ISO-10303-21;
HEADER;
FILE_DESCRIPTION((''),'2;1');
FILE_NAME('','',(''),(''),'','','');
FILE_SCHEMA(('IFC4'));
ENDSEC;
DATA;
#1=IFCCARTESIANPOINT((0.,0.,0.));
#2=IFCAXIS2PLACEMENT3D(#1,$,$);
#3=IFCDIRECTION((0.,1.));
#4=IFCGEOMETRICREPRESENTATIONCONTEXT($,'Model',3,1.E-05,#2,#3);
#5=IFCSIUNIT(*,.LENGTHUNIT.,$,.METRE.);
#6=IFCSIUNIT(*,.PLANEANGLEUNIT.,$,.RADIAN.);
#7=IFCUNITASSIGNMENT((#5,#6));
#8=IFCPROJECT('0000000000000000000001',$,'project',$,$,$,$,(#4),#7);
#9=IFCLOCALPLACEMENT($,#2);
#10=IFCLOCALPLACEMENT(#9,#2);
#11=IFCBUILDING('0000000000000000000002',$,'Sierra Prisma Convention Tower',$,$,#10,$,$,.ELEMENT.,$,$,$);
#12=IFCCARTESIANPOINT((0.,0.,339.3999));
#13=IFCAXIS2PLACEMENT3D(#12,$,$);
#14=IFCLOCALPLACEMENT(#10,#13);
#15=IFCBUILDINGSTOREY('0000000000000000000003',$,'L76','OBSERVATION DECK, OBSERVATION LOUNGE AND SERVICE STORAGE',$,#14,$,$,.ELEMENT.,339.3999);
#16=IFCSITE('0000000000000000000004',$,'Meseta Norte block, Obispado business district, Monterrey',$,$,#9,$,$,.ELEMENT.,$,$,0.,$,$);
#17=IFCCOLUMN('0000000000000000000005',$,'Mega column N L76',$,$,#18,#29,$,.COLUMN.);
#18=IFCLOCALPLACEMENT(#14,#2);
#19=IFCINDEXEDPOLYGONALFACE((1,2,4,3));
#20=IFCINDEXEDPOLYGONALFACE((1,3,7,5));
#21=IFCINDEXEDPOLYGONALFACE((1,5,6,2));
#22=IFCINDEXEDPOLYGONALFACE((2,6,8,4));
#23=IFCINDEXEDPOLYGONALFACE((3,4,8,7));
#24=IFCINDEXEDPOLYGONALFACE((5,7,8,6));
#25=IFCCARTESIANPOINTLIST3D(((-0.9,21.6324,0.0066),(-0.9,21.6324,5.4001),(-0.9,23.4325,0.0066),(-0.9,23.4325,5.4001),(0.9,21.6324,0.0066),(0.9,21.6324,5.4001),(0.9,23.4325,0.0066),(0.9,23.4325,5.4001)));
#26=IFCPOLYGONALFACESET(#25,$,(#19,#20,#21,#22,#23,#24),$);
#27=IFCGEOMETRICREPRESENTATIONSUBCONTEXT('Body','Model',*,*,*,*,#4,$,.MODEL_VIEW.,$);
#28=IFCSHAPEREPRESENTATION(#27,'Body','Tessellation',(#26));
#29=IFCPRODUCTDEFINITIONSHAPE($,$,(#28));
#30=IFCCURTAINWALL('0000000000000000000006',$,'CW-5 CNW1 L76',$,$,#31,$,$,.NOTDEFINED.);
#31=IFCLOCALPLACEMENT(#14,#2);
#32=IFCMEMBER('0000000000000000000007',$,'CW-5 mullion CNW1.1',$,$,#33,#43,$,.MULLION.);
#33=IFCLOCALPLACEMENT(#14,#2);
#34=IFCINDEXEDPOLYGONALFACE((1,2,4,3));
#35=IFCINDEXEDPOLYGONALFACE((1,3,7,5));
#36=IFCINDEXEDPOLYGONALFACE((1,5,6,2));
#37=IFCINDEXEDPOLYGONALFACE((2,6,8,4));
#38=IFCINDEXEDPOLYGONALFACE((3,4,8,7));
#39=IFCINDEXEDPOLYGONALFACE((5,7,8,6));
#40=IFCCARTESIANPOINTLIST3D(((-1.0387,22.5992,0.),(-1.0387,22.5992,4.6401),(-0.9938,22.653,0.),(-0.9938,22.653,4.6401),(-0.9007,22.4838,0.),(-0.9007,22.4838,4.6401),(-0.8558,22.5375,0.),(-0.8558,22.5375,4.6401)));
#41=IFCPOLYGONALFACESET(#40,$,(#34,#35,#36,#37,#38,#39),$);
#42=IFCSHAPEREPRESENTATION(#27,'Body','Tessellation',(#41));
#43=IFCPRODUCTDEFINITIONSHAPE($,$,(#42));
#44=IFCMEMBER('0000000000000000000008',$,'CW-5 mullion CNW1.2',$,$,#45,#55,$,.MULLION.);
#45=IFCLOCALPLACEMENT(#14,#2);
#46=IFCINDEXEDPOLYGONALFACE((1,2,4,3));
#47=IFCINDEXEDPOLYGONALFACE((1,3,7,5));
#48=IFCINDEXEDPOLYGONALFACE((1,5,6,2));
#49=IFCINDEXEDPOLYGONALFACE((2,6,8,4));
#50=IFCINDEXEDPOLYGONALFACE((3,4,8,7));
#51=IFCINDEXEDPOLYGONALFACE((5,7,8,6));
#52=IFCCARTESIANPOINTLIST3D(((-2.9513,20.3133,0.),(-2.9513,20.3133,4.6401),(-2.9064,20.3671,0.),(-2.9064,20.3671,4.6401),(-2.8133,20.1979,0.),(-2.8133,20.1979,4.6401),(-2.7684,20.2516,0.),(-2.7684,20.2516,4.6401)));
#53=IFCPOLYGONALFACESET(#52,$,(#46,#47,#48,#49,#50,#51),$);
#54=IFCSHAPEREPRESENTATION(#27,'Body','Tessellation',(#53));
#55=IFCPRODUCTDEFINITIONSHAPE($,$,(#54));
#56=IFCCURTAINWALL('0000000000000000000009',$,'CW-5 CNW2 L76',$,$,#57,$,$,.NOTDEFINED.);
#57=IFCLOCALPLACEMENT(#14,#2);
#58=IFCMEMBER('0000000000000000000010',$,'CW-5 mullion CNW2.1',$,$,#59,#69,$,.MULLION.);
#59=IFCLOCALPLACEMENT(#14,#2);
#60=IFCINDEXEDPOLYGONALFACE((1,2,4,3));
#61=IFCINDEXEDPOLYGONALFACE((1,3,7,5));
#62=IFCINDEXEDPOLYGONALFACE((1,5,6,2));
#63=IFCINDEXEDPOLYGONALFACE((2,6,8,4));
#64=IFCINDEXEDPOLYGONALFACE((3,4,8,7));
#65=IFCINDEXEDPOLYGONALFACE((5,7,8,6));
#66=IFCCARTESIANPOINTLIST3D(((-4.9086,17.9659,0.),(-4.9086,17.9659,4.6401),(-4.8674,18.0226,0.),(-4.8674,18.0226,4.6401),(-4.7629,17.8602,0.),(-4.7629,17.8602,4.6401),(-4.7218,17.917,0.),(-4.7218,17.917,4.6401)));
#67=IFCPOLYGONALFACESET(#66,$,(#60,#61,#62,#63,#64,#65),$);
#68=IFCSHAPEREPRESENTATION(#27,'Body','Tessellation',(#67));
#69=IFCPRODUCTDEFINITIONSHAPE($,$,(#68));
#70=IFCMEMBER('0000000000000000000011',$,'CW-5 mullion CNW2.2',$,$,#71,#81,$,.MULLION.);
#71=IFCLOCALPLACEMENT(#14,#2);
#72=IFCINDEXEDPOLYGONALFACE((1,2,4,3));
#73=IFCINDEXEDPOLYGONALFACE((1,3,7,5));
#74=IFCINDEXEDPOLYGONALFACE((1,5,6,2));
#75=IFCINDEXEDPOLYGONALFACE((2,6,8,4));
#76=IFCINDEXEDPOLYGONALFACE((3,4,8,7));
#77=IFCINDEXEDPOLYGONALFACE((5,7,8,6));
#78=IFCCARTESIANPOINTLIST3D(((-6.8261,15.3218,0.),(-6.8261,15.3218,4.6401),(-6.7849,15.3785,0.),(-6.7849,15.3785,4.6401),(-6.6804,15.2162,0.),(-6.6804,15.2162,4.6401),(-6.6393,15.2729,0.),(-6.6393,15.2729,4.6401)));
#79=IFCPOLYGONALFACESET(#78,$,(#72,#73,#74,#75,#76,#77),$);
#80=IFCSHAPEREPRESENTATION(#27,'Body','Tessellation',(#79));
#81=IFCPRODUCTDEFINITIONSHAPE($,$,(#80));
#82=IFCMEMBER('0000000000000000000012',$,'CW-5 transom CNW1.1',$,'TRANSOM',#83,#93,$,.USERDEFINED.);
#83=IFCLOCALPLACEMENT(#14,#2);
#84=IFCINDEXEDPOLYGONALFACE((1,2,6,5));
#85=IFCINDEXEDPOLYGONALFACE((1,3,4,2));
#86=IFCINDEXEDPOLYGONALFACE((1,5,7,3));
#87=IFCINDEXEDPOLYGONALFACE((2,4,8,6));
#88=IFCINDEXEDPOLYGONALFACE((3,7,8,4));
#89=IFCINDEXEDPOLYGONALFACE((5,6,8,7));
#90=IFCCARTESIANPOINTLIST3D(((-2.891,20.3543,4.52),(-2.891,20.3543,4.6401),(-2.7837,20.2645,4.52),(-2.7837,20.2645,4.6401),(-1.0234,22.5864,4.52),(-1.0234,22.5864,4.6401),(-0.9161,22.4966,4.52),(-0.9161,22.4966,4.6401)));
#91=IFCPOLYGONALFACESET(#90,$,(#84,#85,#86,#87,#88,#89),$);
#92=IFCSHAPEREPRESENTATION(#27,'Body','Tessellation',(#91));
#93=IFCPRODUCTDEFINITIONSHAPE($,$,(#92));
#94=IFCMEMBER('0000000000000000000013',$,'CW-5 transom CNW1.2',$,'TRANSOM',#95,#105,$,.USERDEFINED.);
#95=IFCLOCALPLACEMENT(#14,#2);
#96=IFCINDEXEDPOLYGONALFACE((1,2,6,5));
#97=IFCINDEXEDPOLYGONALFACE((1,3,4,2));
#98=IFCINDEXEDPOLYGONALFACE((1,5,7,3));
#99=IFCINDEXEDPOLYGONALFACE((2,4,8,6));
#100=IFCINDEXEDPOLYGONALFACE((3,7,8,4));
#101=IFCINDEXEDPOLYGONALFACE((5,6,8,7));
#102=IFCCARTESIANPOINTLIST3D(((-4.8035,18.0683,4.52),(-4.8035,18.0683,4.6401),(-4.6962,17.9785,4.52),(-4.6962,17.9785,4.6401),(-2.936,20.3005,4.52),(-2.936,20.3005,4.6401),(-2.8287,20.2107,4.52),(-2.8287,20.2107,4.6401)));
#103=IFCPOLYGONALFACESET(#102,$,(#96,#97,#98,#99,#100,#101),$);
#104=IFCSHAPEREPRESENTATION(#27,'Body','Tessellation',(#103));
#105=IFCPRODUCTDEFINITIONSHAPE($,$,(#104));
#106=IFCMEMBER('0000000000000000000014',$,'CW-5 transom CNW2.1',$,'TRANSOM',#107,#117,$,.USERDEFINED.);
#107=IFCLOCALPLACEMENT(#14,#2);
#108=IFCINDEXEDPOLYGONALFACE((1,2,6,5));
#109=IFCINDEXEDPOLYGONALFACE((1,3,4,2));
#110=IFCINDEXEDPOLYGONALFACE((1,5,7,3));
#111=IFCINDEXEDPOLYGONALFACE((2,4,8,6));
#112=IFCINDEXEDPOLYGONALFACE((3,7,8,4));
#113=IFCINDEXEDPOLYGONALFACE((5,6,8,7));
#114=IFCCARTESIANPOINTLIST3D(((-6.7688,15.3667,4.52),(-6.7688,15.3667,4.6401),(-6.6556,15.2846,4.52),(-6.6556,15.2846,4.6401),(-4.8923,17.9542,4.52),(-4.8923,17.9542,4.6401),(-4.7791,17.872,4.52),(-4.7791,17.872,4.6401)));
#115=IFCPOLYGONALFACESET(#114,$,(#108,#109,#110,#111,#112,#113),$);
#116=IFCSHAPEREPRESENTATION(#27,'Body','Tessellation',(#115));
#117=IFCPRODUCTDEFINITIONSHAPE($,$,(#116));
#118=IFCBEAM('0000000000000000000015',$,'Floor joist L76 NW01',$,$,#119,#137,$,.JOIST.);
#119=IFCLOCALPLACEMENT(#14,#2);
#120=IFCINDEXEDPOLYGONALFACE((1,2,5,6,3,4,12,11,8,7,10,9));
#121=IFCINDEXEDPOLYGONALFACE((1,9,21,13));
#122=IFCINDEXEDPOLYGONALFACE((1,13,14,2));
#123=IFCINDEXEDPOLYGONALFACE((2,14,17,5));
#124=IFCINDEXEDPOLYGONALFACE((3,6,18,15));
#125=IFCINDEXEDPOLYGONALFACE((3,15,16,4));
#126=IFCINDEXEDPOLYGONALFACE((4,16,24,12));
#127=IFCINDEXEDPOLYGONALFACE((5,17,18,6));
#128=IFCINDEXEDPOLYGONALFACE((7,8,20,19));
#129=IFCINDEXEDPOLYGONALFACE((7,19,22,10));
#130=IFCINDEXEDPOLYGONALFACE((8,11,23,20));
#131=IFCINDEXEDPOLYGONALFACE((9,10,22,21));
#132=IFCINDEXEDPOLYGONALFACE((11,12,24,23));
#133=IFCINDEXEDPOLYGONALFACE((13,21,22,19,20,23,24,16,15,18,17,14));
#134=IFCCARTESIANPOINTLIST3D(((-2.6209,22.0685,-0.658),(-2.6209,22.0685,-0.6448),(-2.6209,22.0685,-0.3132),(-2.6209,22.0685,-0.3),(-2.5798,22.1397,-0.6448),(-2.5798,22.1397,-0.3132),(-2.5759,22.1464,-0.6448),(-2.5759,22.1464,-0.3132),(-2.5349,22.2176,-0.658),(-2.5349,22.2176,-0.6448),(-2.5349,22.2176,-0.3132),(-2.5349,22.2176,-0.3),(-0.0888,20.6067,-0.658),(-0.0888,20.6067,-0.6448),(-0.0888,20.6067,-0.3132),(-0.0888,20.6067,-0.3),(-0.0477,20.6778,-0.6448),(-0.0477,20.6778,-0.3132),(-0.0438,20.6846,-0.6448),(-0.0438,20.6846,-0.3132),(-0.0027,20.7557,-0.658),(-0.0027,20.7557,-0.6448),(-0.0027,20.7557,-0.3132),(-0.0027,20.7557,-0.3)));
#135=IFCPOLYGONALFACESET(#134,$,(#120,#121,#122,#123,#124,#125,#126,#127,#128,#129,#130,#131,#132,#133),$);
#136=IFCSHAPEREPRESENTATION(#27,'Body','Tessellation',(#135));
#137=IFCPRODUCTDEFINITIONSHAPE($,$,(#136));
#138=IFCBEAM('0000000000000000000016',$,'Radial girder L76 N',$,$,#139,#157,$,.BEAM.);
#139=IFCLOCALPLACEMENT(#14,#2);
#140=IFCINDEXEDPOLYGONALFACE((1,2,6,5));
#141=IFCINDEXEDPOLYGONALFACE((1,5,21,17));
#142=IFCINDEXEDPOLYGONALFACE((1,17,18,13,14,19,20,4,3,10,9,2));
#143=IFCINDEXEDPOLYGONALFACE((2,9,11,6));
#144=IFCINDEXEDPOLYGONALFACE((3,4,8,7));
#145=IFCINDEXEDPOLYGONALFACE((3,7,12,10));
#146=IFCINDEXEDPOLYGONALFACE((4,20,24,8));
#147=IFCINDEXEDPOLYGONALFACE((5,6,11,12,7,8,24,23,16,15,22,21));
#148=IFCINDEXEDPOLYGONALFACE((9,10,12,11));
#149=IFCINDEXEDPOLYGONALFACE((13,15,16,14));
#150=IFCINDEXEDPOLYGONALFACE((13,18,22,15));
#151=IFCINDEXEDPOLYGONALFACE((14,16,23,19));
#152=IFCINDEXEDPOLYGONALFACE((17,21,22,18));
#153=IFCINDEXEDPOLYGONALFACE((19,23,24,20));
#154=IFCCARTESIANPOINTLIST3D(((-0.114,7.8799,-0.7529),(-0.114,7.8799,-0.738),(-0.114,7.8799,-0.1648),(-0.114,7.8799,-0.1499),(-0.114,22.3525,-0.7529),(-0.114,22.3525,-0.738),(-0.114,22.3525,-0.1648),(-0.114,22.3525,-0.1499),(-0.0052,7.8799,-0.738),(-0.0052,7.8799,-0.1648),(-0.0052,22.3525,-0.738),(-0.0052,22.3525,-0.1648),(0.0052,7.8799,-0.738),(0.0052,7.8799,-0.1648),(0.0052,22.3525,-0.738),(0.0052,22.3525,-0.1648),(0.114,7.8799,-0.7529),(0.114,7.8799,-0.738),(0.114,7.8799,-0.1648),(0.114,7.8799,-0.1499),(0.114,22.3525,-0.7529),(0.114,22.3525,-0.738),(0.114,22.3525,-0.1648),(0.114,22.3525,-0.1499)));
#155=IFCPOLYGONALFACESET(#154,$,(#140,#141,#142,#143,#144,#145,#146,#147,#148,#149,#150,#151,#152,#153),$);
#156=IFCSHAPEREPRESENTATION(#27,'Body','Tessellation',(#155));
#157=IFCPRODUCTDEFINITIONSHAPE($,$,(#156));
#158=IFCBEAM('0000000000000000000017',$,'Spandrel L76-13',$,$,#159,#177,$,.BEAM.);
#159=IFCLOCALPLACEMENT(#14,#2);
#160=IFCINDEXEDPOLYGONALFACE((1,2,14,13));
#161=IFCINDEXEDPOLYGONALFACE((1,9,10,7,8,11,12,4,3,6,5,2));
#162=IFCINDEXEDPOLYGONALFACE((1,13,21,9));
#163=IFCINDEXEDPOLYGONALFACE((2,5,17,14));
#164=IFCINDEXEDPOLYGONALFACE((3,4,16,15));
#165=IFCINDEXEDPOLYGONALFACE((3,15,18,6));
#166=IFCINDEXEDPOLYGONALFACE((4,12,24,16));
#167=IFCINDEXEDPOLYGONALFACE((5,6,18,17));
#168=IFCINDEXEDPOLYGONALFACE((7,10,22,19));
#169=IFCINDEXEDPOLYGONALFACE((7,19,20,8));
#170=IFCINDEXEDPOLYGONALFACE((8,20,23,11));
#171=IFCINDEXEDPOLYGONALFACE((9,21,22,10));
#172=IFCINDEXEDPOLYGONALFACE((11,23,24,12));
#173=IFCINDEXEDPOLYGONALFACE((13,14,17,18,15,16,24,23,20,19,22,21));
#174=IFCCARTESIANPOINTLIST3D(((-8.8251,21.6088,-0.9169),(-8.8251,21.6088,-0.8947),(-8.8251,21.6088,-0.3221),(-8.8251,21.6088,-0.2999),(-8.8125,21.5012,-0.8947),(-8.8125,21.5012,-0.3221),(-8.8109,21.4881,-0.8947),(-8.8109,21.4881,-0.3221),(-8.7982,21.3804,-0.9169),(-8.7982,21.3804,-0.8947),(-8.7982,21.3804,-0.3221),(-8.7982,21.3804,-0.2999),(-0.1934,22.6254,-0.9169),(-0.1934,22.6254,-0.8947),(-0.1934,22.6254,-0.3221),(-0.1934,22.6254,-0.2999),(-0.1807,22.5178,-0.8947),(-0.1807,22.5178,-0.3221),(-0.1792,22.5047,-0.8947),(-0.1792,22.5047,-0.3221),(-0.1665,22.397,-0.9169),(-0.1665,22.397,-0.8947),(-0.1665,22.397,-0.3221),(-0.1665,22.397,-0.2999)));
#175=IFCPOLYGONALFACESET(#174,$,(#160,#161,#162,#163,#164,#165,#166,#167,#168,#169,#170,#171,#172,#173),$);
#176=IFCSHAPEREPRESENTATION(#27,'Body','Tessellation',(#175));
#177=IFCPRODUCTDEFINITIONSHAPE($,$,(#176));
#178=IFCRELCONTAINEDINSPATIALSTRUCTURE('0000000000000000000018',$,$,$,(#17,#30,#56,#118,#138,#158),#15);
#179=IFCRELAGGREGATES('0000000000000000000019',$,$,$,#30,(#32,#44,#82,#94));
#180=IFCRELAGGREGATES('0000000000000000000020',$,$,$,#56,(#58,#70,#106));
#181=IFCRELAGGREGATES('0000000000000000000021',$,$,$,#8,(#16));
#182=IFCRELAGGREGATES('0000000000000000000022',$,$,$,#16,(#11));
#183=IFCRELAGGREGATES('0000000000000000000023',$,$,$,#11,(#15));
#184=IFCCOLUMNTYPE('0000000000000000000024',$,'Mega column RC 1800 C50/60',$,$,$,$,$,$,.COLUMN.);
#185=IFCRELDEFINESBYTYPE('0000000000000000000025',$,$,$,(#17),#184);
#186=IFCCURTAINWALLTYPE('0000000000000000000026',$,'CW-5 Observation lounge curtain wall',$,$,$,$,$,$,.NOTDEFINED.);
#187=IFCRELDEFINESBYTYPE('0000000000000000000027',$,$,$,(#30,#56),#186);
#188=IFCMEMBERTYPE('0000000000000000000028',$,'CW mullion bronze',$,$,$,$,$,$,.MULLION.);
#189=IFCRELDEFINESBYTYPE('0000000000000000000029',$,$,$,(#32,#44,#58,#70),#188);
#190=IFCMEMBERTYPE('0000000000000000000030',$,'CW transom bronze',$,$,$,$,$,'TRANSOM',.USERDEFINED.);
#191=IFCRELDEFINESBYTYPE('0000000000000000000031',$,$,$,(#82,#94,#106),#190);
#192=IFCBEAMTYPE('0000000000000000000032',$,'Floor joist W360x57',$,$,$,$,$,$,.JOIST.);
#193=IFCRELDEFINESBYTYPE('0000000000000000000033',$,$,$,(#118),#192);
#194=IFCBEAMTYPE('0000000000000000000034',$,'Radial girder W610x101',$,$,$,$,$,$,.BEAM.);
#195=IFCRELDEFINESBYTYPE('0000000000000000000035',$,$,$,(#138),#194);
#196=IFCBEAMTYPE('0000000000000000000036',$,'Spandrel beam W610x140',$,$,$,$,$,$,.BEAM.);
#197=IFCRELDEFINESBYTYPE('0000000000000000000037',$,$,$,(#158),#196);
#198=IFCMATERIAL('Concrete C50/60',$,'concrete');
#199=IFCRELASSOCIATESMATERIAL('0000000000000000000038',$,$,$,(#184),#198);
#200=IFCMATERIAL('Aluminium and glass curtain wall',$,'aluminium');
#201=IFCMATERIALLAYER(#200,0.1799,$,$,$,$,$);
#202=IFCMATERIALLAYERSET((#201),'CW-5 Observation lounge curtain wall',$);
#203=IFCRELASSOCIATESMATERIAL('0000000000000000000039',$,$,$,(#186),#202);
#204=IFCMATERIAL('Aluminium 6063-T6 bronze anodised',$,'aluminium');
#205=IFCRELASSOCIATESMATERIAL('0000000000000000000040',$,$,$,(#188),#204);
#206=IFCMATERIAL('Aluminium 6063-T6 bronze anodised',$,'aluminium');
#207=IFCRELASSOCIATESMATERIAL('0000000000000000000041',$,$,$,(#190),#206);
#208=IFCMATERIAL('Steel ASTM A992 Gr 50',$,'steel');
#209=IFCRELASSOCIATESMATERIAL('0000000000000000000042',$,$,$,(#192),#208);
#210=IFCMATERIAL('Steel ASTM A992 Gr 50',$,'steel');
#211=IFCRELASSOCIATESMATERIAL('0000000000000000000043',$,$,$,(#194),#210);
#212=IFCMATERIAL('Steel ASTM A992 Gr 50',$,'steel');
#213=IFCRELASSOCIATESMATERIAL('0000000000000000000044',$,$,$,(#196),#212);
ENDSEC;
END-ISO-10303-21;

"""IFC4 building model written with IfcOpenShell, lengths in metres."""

from ifc_helpers import new_model, si_unit, direction, frame, origin, origin_2d, place, context, subcontext, project, spatial, rectangle, i_section, extrude, clip, halfspace, material, layer, layer_set, material_profile, profile_set, type_object, element, aggregate, save


model = new_model("IFC4")

# Units and contexts
model_context = context("Model", 3, precision=1e-05, world=origin(), true_north=direction((0.0, 1.0)))
body_context = subcontext(model_context, "Body", "Model", "MODEL_VIEW")
ifc_project = project(units=[si_unit("LENGTHUNIT", "METRE"), si_unit("PLANEANGLEUNIT", "RADIAN")], contexts=[model_context])

# Site, building, storey
site_placement = place(None, origin())
site = spatial("IfcSite", under=ifc_project, at=site_placement, Name="Meseta Norte block, Obispado business district, Monterrey", CompositionType="ELEMENT", RefElevation=0.0)
building_placement = place(site_placement, origin())
building = spatial("IfcBuilding", under=site, at=building_placement, Name="Sierra Prisma Convention Tower", CompositionType="ELEMENT")
storey_placement = place(building_placement, frame((0.0, 0.0, 339.3999)))
storey = spatial("IfcBuildingStorey", under=building, at=storey_placement, Name="L76", Description="OBSERVATION DECK, OBSERVATION LOUNGE AND SERVICE STORAGE", CompositionType="ELEMENT", Elevation=339.3999)

# Column
ifc_material_1 = material(Name="Concrete C50/60", Category="concrete")
ifc_material_profile_1 = material_profile(ifc_material_1, rectangle(XDim=1.8, YDim=1.8, at=origin_2d()), Name="Mega column RC 1800 C50/60")
ifc_profile_set_1 = profile_set([ifc_material_profile_1], Name="Concrete C50/60")
column_type = type_object("IfcColumnType", Name="Mega column RC 1800 C50/60", PredefinedType="COLUMN", material=ifc_profile_set_1)
column_placement = place(storey_placement, frame((0.0, 22.5325, 0.0), z_axis=(0.0, 0.0, 1.0), x_axis=(1.0, 0.0, 0.0)))
element("IfcColumn", 1, at=column_placement, inside=storey, type_object=column_type, Name="Mega column N L76", PredefinedType="COLUMN", context=body_context, shape_type="SweptSolid", body=[
    clip(extrude(rectangle(XDim=1.8, YDim=1.8, at=origin_2d()), origin(), (0.0, 0.0, 1.0), 5.4001), halfspace(frame((0.0, 0.0, 0.0066)), True)),
])

# Curtain walls, members
ifc_material_2 = material(Name="Aluminium and glass curtain wall", Category="aluminium")
ifc_layer_1 = layer(ifc_material_2, 0.1799)
ifc_layer_set_1 = layer_set([ifc_layer_1], Name="CW-5 Observation lounge curtain wall")
curtain_wall_type = type_object("IfcCurtainWallType", Name="CW-5 Observation lounge curtain wall", PredefinedType="NOTDEFINED", material=ifc_layer_set_1)
curtain_wall_1_placement = place(storey_placement, origin())
curtain_wall_1 = element("IfcCurtainWall", 2, at=curtain_wall_1_placement, inside=storey, type_object=curtain_wall_type, Name="CW-5 CNW1 L76", PredefinedType="NOTDEFINED")
ifc_material_3 = material(Name="Aluminium 6063-T6 bronze anodised", Category="aluminium")
ifc_material_profile_2 = material_profile(ifc_material_3, rectangle(XDim=0.1799, YDim=0.0701, at=origin_2d()), Name="ALU MULLION 70x180")
ifc_profile_set_2 = profile_set([ifc_material_profile_2], Name="Aluminium 6063-T6 bronze anodised")
member_type_1 = type_object("IfcMemberType", Name="CW mullion bronze", PredefinedType="MULLION", material=ifc_profile_set_2)
member_1_placement = place(storey_placement, frame((-0.9473, 22.5684, 0.0), z_axis=(0.0, 0.0, 1.0), x_axis=(0.766979, -0.641672, 0.0)))
member_1 = element("IfcMember", 3, at=member_1_placement, type_object=member_type_1, Name="CW-5 mullion CNW1.1", PredefinedType="MULLION", context=body_context, shape_type="SweptSolid", body=[
    extrude(rectangle(XDim=0.1799, YDim=0.0701, at=origin_2d()), origin(), (0.0, 0.0, 1.0), 4.6401),
])
member_2_placement = place(storey_placement, frame((-2.8599, 20.2825, 0.0), z_axis=(0.0, 0.0, 1.0), x_axis=(0.766979, -0.641672, 0.0)))
member_2 = element("IfcMember", 4, at=member_2_placement, type_object=member_type_1, Name="CW-5 mullion CNW1.2", PredefinedType="MULLION", context=body_context, shape_type="SweptSolid", body=[
    extrude(rectangle(XDim=0.1799, YDim=0.0701, at=origin_2d()), origin(), (0.0, 0.0, 1.0), 4.6401),
])
curtain_wall_2_placement = place(storey_placement, origin())
curtain_wall_2 = element("IfcCurtainWall", 5, at=curtain_wall_2_placement, inside=storey, type_object=curtain_wall_type, Name="CW-5 CNW2 L76", PredefinedType="NOTDEFINED")
member_3_placement = place(storey_placement, frame((-4.8152, 17.9414, 0.0), z_axis=(0.0, 0.0, 1.0), x_axis=(0.80953, -0.587078, 0.0)))
member_3 = element("IfcMember", 6, at=member_3_placement, type_object=member_type_1, Name="CW-5 mullion CNW2.1", PredefinedType="MULLION", context=body_context, shape_type="SweptSolid", body=[
    extrude(rectangle(XDim=0.1799, YDim=0.0701, at=origin_2d()), origin(), (0.0, 0.0, 1.0), 4.6401),
])
member_4_placement = place(storey_placement, frame((-6.7327, 15.2974, 0.0), z_axis=(0.0, 0.0, 1.0), x_axis=(0.80953, -0.587078, 0.0)))
member_4 = element("IfcMember", 7, at=member_4_placement, type_object=member_type_1, Name="CW-5 mullion CNW2.2", PredefinedType="MULLION", context=body_context, shape_type="SweptSolid", body=[
    extrude(rectangle(XDim=0.1799, YDim=0.0701, at=origin_2d()), origin(), (0.0, 0.0, 1.0), 4.6401),
])

# Members
ifc_material_4 = material(Name="Aluminium 6063-T6 bronze anodised", Category="aluminium")
ifc_material_profile_3 = material_profile(ifc_material_4, rectangle(XDim=0.1399, YDim=0.1201, at=origin_2d()), Name="ALU TRANSOM 120x140")
ifc_profile_set_3 = profile_set([ifc_material_profile_3], Name="Aluminium 6063-T6 bronze anodised")
member_type_2 = type_object("IfcMemberType", Name="CW transom bronze", ElementType="TRANSOM", PredefinedType="USERDEFINED", material=ifc_profile_set_3)
member_5_placement = place(storey_placement, frame((-0.9697, 22.5415, 4.5801), z_axis=(-0.64171, -0.766948, 0.0), x_axis=(0.766948, -0.64171, 0.0)))
member_5 = element("IfcMember", 8, at=member_5_placement, type_object=member_type_2, Name="CW-5 transom CNW1.1", ObjectType="TRANSOM", PredefinedType="USERDEFINED", context=body_context, shape_type="SweptSolid", body=[
    extrude(rectangle(XDim=0.1399, YDim=0.1201, at=origin_2d()), origin(), (0.0, 0.0, 1.0), 2.9104),
])
member_6_placement = place(storey_placement, frame((-2.8823, 20.2556, 4.5801), z_axis=(-0.64166, -0.766989, 0.0), x_axis=(0.766989, -0.64166, 0.0)))
member_6 = element("IfcMember", 9, at=member_6_placement, type_object=member_type_2, Name="CW-5 transom CNW1.2", ObjectType="TRANSOM", PredefinedType="USERDEFINED", context=body_context, shape_type="SweptSolid", body=[
    extrude(rectangle(XDim=0.1399, YDim=0.1201, at=origin_2d()), origin(), (0.0, 0.0, 1.0), 2.9104),
])
member_7_placement = place(storey_placement, frame((-4.8357, 17.9131, 4.5801), z_axis=(-0.58709, -0.809522, 0.0), x_axis=(0.809522, -0.58709, 0.0)))
member_7 = element("IfcMember", 10, at=member_7_placement, type_object=member_type_2, Name="CW-5 transom CNW2.1", ObjectType="TRANSOM", PredefinedType="USERDEFINED", context=body_context, shape_type="SweptSolid", body=[
    extrude(rectangle(XDim=0.1399, YDim=0.1201, at=origin_2d()), origin(), (0.0, 0.0, 1.0), 3.1963),
])

# Beams
ifc_material_5 = material(Name="Steel ASTM A992 Gr 50", Category="steel")
ifc_material_profile_4 = material_profile(ifc_material_5, i_section(OverallWidth=0.1721, OverallDepth=0.3579, WebThickness=0.0078, FlangeThickness=0.0132, at=origin_2d()), Name="W360x57")
ifc_profile_set_4 = profile_set([ifc_material_profile_4], Name="Steel ASTM A992 Gr 50")
beam_type_1 = type_object("IfcBeamType", Name="Floor joist W360x57", PredefinedType="JOIST", material=ifc_profile_set_4)
beam_1_placement = place(storey_placement, frame((-2.5779, 22.1431, -0.479), z_axis=(0.866035, -0.499983, 0.0), x_axis=(0.499983, 0.866035, 0.0)))
element("IfcBeam", 11, at=beam_1_placement, inside=storey, type_object=beam_type_1, Name="Floor joist L76 NW01", PredefinedType="JOIST", context=body_context, shape_type="SweptSolid", body=[
    extrude(i_section(OverallWidth=0.1721, OverallDepth=0.3579, WebThickness=0.0078, FlangeThickness=0.0132, at=origin_2d()), origin(), (0.0, 0.0, 1.0), 2.9238),
])
ifc_material_6 = material(Name="Steel ASTM A992 Gr 50", Category="steel")
ifc_material_profile_5 = material_profile(ifc_material_6, i_section(OverallWidth=0.228, OverallDepth=0.603, WebThickness=0.0105, FlangeThickness=0.0149, at=origin_2d()), Name="W610x101")
ifc_profile_set_5 = profile_set([ifc_material_profile_5], Name="Steel ASTM A992 Gr 50")
beam_type_2 = type_object("IfcBeamType", Name="Radial girder W610x101", PredefinedType="BEAM", material=ifc_profile_set_5)
beam_2_placement = place(storey_placement, frame((0.0, 22.3525, -0.4514), z_axis=(0.0, -1.0, 0.0), x_axis=(1.0, 0.0, 0.0)))
element("IfcBeam", 12, at=beam_2_placement, inside=storey, type_object=beam_type_2, Name="Radial girder L76 N", PredefinedType="BEAM", context=body_context, shape_type="SweptSolid", body=[
    extrude(i_section(OverallWidth=0.228, OverallDepth=0.603, WebThickness=0.0105, FlangeThickness=0.0149, at=origin_2d()), origin(), (0.0, 0.0, 1.0), 14.4727),
])
ifc_material_7 = material(Name="Steel ASTM A992 Gr 50", Category="steel")
ifc_material_profile_6 = material_profile(ifc_material_7, i_section(OverallWidth=0.23, OverallDepth=0.6169, WebThickness=0.0132, FlangeThickness=0.0222, at=origin_2d()), Name="W610x140")
ifc_profile_set_6 = profile_set([ifc_material_profile_6], Name="Steel ASTM A992 Gr 50")
beam_type_3 = type_object("IfcBeamType", Name="Spandrel beam W610x140", PredefinedType="BEAM", material=ifc_profile_set_6)
beam_3_placement = place(storey_placement, frame((-0.1799, 22.5112, -0.6084), z_axis=(-0.993136, -0.116965, 0.0), x_axis=(0.116965, -0.993136, 0.0)))
element("IfcBeam", 13, at=beam_3_placement, inside=storey, type_object=beam_type_3, Name="Spandrel L76-13", PredefinedType="BEAM", context=body_context, shape_type="SweptSolid", body=[
    extrude(i_section(OverallWidth=0.23, OverallDepth=0.6169, WebThickness=0.0132, FlangeThickness=0.0222, at=origin_2d()), origin(), (0.0, 0.0, 1.0), 8.6914),
])

aggregate(curtain_wall_1, [member_1, member_2, member_5, member_6])
aggregate(curtain_wall_2, [member_3, member_4, member_7])

save(model, "model.ifc")
